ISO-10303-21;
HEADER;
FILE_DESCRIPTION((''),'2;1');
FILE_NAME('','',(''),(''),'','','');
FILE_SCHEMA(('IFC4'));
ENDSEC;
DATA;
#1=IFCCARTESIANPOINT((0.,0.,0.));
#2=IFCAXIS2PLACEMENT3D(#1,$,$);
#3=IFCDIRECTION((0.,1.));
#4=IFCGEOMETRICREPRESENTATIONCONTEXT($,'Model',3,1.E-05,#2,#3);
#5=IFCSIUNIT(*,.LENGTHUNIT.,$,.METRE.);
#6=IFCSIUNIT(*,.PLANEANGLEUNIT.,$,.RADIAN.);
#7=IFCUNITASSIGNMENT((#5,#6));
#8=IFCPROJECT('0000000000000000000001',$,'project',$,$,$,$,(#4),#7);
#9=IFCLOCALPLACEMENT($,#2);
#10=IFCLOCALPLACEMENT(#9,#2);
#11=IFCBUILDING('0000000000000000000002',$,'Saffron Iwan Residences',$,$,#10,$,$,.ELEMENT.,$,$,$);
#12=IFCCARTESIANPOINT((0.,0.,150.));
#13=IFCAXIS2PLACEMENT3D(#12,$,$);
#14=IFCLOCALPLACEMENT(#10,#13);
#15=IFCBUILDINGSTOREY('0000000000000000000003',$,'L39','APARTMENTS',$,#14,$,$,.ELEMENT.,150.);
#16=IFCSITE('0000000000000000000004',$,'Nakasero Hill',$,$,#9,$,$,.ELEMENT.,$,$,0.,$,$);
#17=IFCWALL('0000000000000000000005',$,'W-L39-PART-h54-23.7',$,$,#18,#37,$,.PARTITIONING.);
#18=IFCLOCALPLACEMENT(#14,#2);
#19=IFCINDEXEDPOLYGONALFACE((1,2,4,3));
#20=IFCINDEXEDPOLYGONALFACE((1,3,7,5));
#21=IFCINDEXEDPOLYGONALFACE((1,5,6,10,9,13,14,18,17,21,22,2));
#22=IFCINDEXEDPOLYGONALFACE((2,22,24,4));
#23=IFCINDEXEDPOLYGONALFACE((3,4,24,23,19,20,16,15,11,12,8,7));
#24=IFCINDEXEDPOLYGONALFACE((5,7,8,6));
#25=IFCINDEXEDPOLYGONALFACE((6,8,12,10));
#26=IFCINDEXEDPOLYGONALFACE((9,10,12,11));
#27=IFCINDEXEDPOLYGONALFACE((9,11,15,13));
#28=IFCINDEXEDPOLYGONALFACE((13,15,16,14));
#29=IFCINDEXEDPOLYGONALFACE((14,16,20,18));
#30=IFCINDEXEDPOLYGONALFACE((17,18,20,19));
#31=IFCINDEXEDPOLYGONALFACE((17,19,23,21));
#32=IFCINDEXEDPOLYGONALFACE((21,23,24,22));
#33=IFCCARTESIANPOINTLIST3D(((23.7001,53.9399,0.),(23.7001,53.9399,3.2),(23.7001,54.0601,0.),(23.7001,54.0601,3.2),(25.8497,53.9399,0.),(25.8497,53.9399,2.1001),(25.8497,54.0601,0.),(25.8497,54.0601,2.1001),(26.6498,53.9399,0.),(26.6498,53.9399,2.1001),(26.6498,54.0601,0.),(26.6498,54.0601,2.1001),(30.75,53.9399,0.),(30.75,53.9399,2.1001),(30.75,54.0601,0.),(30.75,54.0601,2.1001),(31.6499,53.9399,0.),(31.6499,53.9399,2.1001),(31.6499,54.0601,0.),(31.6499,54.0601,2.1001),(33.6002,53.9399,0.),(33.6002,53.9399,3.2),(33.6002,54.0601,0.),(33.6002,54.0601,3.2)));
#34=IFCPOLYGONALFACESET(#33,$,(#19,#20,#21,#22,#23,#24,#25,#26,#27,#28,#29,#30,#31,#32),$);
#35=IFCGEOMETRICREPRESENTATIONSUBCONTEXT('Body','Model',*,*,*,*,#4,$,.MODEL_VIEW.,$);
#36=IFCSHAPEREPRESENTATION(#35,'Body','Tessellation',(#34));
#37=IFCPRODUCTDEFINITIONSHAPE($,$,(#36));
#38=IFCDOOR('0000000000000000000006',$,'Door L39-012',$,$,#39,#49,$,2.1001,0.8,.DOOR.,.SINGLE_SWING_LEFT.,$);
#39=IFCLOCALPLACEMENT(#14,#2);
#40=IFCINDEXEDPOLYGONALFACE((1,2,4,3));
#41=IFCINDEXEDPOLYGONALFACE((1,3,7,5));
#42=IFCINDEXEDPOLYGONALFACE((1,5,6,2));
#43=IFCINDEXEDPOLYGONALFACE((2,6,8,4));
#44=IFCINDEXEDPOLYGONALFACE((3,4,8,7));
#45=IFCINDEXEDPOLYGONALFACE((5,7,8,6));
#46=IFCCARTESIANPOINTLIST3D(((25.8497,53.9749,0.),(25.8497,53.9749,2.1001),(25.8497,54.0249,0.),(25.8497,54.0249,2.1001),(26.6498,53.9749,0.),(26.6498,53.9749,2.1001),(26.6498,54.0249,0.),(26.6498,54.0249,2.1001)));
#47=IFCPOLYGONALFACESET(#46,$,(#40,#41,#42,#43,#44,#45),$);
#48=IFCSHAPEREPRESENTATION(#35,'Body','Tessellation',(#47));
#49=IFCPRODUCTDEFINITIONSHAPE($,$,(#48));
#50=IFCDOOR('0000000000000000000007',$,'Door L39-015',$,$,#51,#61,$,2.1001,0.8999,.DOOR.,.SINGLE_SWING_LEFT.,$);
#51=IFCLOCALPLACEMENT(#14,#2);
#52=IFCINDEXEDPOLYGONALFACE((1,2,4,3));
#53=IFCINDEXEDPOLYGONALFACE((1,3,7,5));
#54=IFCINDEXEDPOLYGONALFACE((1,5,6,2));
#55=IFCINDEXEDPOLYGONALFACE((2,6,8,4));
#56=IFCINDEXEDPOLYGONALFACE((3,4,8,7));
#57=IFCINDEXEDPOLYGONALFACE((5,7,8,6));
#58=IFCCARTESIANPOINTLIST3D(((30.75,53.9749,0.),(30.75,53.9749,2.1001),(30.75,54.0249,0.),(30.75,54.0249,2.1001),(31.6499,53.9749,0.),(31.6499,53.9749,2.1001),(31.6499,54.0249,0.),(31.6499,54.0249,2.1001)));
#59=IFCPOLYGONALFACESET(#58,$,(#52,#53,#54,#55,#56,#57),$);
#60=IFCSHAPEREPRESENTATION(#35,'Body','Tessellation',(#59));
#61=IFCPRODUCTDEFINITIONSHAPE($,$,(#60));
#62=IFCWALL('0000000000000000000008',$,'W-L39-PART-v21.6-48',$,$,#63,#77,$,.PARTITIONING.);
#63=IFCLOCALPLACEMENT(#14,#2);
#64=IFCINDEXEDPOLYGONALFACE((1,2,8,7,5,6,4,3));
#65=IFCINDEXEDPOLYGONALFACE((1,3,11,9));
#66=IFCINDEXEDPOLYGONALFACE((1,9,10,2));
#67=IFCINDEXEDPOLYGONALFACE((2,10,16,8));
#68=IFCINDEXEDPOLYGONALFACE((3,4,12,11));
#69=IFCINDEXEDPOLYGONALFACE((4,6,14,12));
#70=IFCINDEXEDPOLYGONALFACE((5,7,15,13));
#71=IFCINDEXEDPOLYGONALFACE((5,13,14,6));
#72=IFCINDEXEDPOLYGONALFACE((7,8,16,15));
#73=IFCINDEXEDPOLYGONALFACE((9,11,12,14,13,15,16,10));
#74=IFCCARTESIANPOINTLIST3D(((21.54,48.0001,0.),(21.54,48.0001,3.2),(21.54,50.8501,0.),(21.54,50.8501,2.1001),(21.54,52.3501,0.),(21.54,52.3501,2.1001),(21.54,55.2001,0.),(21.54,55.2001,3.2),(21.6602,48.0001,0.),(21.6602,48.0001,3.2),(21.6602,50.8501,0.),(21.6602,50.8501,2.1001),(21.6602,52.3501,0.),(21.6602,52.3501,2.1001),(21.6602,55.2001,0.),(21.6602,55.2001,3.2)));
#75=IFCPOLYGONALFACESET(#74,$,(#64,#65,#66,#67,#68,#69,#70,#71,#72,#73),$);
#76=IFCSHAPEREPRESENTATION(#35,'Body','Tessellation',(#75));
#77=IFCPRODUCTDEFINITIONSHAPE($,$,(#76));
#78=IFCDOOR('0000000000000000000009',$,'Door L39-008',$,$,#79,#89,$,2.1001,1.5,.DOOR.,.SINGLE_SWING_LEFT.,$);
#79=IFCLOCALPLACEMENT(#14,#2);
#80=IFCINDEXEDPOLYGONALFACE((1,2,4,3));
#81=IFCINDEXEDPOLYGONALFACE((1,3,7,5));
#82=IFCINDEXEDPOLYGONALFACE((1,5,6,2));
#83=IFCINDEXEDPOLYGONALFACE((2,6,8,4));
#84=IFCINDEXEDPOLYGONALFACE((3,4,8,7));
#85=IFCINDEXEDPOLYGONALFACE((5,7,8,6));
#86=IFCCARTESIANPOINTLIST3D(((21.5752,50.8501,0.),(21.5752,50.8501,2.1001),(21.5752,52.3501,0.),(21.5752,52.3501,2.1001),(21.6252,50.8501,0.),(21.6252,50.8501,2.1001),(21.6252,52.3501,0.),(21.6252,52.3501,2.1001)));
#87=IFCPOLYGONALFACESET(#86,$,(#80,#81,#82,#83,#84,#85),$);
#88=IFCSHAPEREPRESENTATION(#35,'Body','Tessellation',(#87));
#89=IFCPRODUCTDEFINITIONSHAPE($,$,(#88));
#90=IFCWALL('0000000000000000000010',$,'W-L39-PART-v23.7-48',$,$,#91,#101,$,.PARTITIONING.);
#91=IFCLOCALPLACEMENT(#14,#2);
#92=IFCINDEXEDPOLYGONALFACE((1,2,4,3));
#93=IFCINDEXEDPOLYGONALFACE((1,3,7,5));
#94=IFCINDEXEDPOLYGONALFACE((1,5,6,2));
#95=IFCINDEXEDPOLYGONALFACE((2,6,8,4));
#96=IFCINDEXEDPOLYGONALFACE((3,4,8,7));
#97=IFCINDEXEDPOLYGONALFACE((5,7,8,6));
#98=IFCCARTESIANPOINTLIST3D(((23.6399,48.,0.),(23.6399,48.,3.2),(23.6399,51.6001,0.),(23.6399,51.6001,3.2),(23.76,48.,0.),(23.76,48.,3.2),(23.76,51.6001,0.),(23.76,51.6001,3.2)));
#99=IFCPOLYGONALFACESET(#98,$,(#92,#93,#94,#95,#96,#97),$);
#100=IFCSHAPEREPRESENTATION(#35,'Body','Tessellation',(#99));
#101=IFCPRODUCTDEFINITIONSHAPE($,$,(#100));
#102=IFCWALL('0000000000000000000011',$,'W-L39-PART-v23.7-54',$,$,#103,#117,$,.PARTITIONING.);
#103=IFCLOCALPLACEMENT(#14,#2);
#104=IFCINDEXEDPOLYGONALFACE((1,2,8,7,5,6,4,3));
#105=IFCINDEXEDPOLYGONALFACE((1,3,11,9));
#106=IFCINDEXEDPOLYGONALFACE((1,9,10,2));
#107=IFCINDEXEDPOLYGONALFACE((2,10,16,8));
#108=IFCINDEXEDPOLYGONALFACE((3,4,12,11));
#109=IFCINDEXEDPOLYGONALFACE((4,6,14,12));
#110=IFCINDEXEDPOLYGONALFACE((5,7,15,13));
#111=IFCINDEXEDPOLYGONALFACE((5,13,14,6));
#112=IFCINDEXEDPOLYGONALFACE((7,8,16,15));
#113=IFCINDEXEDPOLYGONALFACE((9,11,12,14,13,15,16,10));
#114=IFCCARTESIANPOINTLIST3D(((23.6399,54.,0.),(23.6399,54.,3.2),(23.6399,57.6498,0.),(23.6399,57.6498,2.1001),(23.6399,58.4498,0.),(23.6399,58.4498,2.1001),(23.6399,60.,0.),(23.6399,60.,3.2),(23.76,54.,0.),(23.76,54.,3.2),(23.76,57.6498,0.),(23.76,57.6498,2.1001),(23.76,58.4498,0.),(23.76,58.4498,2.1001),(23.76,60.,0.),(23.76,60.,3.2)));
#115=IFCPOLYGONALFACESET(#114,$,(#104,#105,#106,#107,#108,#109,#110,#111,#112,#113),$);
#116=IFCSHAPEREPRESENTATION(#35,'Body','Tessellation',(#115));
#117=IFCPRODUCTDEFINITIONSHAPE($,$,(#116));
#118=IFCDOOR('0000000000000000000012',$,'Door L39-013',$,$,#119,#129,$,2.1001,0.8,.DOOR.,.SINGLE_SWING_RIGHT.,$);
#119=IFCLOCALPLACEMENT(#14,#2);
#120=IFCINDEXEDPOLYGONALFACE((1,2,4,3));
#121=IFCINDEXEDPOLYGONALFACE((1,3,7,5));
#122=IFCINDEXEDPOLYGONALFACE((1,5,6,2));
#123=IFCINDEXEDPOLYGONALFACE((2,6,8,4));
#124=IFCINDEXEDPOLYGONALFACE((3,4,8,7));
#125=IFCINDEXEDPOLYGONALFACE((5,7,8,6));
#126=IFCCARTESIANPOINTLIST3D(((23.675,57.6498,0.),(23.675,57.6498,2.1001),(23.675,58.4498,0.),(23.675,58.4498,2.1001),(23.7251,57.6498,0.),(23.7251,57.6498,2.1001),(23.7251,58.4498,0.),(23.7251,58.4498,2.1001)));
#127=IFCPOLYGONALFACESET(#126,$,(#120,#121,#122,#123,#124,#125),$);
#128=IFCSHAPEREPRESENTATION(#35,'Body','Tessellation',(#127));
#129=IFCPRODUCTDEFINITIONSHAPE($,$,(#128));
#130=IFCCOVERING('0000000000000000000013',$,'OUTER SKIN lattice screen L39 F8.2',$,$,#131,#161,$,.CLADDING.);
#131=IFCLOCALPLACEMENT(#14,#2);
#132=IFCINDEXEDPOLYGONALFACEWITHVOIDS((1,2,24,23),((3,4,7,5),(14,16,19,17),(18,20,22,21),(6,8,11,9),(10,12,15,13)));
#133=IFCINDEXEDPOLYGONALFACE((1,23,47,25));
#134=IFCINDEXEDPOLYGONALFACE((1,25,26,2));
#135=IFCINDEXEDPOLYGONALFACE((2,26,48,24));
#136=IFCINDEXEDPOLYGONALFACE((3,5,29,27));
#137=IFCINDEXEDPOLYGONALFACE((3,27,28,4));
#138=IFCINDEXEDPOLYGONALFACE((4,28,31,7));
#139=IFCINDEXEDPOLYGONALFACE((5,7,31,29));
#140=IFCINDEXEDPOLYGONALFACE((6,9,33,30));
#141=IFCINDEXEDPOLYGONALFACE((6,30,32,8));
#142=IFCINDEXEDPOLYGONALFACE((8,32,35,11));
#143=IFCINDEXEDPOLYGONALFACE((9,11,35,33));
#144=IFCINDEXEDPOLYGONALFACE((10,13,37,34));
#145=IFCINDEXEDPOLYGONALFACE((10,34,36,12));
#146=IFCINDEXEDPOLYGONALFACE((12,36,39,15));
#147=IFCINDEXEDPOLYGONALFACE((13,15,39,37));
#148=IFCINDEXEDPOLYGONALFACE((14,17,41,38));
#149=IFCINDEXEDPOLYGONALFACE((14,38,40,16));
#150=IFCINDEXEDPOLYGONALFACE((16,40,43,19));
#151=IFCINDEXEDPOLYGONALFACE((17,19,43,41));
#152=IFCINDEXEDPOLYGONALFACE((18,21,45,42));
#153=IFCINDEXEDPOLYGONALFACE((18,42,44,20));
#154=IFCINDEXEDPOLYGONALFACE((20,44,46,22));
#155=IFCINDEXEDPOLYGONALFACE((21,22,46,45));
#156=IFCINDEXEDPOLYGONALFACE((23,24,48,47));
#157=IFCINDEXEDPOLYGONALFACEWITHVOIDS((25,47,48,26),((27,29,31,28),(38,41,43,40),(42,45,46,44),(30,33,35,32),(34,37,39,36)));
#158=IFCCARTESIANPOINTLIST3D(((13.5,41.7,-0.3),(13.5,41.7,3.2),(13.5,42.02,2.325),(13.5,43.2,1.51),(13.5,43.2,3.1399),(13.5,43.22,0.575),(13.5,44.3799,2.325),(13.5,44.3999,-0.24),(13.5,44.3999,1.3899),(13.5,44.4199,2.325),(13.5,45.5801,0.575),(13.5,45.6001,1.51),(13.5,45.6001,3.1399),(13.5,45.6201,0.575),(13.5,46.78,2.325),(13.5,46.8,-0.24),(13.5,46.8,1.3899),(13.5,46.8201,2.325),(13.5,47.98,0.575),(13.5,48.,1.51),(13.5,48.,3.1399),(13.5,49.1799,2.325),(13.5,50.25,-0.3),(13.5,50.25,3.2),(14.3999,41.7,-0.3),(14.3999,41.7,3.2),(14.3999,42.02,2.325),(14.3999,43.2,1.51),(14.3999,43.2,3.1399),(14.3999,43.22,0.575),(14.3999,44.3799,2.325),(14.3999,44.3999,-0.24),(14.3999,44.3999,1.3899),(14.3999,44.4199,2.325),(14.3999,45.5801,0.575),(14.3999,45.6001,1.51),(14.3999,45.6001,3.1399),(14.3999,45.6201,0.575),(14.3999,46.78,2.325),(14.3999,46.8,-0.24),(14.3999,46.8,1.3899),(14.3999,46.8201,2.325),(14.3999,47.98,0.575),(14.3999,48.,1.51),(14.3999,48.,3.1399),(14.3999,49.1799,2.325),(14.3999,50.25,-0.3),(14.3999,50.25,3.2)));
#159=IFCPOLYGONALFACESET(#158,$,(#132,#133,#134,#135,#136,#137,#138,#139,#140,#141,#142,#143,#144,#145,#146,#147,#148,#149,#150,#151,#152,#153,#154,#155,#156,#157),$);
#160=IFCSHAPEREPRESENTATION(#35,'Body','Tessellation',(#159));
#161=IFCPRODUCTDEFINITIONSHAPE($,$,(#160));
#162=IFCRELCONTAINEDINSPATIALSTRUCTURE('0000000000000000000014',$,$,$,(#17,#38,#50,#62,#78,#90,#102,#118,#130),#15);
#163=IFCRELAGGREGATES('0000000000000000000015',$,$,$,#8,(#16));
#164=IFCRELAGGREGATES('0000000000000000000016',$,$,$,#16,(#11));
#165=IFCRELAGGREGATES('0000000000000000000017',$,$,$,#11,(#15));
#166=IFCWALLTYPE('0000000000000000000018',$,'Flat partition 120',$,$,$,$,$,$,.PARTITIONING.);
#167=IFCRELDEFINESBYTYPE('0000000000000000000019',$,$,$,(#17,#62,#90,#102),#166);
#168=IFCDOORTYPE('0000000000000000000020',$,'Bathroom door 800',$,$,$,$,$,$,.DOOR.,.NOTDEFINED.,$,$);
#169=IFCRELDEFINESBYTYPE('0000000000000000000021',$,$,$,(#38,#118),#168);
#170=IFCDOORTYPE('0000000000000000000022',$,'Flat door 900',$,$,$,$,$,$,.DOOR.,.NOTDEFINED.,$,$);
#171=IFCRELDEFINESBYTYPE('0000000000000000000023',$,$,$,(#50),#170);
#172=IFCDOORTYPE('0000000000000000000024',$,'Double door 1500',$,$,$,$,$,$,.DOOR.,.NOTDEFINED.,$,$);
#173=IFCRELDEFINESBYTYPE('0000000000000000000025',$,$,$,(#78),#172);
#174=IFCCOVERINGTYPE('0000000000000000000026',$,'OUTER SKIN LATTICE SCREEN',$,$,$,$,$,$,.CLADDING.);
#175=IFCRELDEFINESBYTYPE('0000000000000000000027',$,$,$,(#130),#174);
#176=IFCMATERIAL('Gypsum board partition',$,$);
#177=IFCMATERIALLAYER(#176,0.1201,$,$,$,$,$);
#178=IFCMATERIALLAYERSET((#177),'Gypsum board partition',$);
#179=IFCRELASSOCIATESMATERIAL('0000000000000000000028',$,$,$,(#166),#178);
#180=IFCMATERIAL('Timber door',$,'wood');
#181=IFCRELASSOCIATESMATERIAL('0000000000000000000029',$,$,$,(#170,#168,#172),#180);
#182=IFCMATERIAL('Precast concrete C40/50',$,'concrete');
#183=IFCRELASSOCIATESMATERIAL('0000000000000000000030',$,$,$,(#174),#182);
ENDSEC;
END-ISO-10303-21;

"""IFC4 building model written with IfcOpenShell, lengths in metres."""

from ifc_helpers import new_model, si_unit, direction, frame, frame_2d, origin, place, context, subcontext, project, spatial, polyline, rectangle, outline, extrude, material, layer, layer_set, type_object, element, fill, save


model = new_model("IFC4")

# Units and contexts
model_context = context("Model", 3, precision=1e-05, world=origin(), true_north=direction((0.0, 1.0)))
body_context = subcontext(model_context, "Body", "Model", "MODEL_VIEW")
ifc_project = project(units=[si_unit("LENGTHUNIT", "METRE"), si_unit("PLANEANGLEUNIT", "RADIAN")], contexts=[model_context])

# Site, building, storey
site_placement = place(None, origin())
site = spatial("IfcSite", under=ifc_project, at=site_placement, Name="Nakasero Hill", CompositionType="ELEMENT", RefElevation=0.0)
building_placement = place(site_placement, origin())
building = spatial("IfcBuilding", under=site, at=building_placement, Name="Saffron Iwan Residences", CompositionType="ELEMENT")
storey_placement = place(building_placement, frame((0.0, 0.0, 150.0)))
storey = spatial("IfcBuildingStorey", under=building, at=storey_placement, Name="L39", Description="APARTMENTS", CompositionType="ELEMENT", Elevation=150.0)

# Wall, openings, doors
ifc_material_1 = material(Name="Gypsum board partition")
ifc_layer_1 = layer(ifc_material_1, 0.1201)
ifc_layer_set_1 = layer_set([ifc_layer_1], Name="Gypsum board partition")
wall_type_1 = type_object("IfcWallType", Name="Flat partition 120", PredefinedType="PARTITIONING", material=ifc_layer_set_1)
ifc_material_2 = material(Name="Timber door", Category="wood")
door_type_1 = type_object("IfcDoorType", Name="Flat door 900", OperationType="NOTDEFINED", PredefinedType="DOOR", material=ifc_material_2)
wall_1_placement = place(storey_placement, frame((23.7, 54.0, 0.0), z_axis=(0.0, 0.0, 1.0), x_axis=(1.0, 0.0, 0.0)))
wall_1 = element("IfcWall", 1, at=wall_1_placement, inside=storey, type_object=wall_type_1, Name="W-L39-PART-h54-23.7", PredefinedType="PARTITIONING", context=body_context, shape_type="SweptSolid", body=[
    extrude(rectangle(XDim=9.9001, YDim=0.1201, at=frame_2d((4.9502, 0.0))), origin(), (0.0, 0.0, 1.0), 3.2),
])
opening_1_placement = place(wall_1_placement, frame((2.1499, 0.0, 0.0)))
opening_1 = element("IfcOpeningElement", 2, at=opening_1_placement, cuts=wall_1, PredefinedType="OPENING", context=body_context, shape_type="SweptSolid", body=[
    extrude(rectangle(XDim=0.8, YDim=2.1001, at=frame_2d((0.3999, 1.05))), frame((0.0, 0.0701, 0.0), z_axis=(0.0, -1.0, 0.0), x_axis=(1.0, 0.0, 0.0)), (0.0, 0.0, 1.0), 0.1401),
])
opening_2_placement = place(wall_1_placement, frame((7.05, 0.0, 0.0)))
opening_2 = element("IfcOpeningElement", 3, at=opening_2_placement, cuts=wall_1, PredefinedType="OPENING", context=body_context, shape_type="SweptSolid", body=[
    extrude(rectangle(XDim=0.8999, YDim=2.1001, at=frame_2d((0.45, 1.05))), frame((0.0, 0.0701, 0.0), z_axis=(0.0, -1.0, 0.0), x_axis=(1.0, 0.0, 0.0)), (0.0, 0.0, 1.0), 0.1401),
])
door_type_2 = type_object("IfcDoorType", Name="Bathroom door 800", OperationType="NOTDEFINED", PredefinedType="DOOR", material=ifc_material_2)
door_1_placement = place(opening_1_placement, origin())
door_1 = element("IfcDoor", 4, at=door_1_placement, inside=storey, type_object=door_type_2, Name="Door L39-012", OperationType="SINGLE_SWING_LEFT", OverallHeight=2.1001, OverallWidth=0.8, PredefinedType="DOOR", context=body_context, shape_type="SweptSolid", body=[
    extrude(rectangle(XDim=0.8, YDim=2.1001, at=frame_2d((0.3999, 1.05))), frame((0.0, 0.0249, 0.0), z_axis=(0.0, -1.0, 0.0), x_axis=(1.0, 0.0, 0.0)), (0.0, 0.0, 1.0), 0.05),
])
fill(opening_1, door_1)
door_2_placement = place(opening_2_placement, origin())
door_2 = element("IfcDoor", 5, at=door_2_placement, inside=storey, type_object=door_type_1, Name="Door L39-015", OperationType="SINGLE_SWING_LEFT", OverallHeight=2.1001, OverallWidth=0.8999, PredefinedType="DOOR", context=body_context, shape_type="SweptSolid", body=[
    extrude(rectangle(XDim=0.8999, YDim=2.1001, at=frame_2d((0.45, 1.05))), frame((0.0, 0.0249, 0.0), z_axis=(0.0, -1.0, 0.0), x_axis=(1.0, 0.0, 0.0)), (0.0, 0.0, 1.0), 0.05),
])
fill(opening_2, door_2)

# Wall, opening, door
wall_2_placement = place(storey_placement, frame((21.6001, 48.0, 0.0), z_axis=(0.0, 0.0, 1.0), x_axis=(0.0, 1.0, 0.0)))
wall_2 = element("IfcWall", 6, at=wall_2_placement, inside=storey, type_object=wall_type_1, Name="W-L39-PART-v21.6-48", PredefinedType="PARTITIONING", context=body_context, shape_type="SweptSolid", body=[
    extrude(rectangle(XDim=7.2, YDim=0.1201, at=frame_2d((3.6001, 0.0))), origin(), (0.0, 0.0, 1.0), 3.2),
])
opening_3_placement = place(wall_2_placement, frame((2.8501, 0.0, 0.0)))
opening_3 = element("IfcOpeningElement", 7, at=opening_3_placement, cuts=wall_2, PredefinedType="OPENING", context=body_context, shape_type="SweptSolid", body=[
    extrude(rectangle(XDim=1.5, YDim=2.1001, at=frame_2d((0.75, 1.05))), frame((0.0, 0.0701, 0.0), z_axis=(0.0, -1.0, 0.0), x_axis=(1.0, 0.0, 0.0)), (0.0, 0.0, 1.0), 0.1401),
])
door_type_3 = type_object("IfcDoorType", Name="Double door 1500", OperationType="NOTDEFINED", PredefinedType="DOOR", material=ifc_material_2)
door_3_placement = place(opening_3_placement, origin())
door_3 = element("IfcDoor", 8, at=door_3_placement, inside=storey, type_object=door_type_3, Name="Door L39-008", OperationType="SINGLE_SWING_LEFT", OverallHeight=2.1001, OverallWidth=1.5, PredefinedType="DOOR", context=body_context, shape_type="SweptSolid", body=[
    extrude(rectangle(XDim=1.5, YDim=2.1001, at=frame_2d((0.75, 1.05))), frame((0.0, 0.0249, 0.0), z_axis=(0.0, -1.0, 0.0), x_axis=(1.0, 0.0, 0.0)), (0.0, 0.0, 1.0), 0.05),
])
fill(opening_3, door_3)

# Wall
wall_3_placement = place(storey_placement, frame((23.7, 48.0, 0.0), z_axis=(0.0, 0.0, 1.0), x_axis=(0.0, 1.0, 0.0)))
element("IfcWall", 9, at=wall_3_placement, inside=storey, type_object=wall_type_1, Name="W-L39-PART-v23.7-48", PredefinedType="PARTITIONING", context=body_context, shape_type="SweptSolid", body=[
    extrude(rectangle(XDim=3.6001, YDim=0.1201, at=frame_2d((1.8, 0.0))), origin(), (0.0, 0.0, 1.0), 3.2),
])

# Wall, opening, door
wall_4_placement = place(storey_placement, frame((23.7, 54.0, 0.0), z_axis=(0.0, 0.0, 1.0), x_axis=(0.0, 1.0, 0.0)))
wall_4 = element("IfcWall", 10, at=wall_4_placement, inside=storey, type_object=wall_type_1, Name="W-L39-PART-v23.7-54", PredefinedType="PARTITIONING", context=body_context, shape_type="SweptSolid", body=[
    extrude(rectangle(XDim=6.0, YDim=0.1201, at=frame_2d((3.0, 0.0))), origin(), (0.0, 0.0, 1.0), 3.2),
])
opening_4_placement = place(wall_4_placement, frame((3.6499, 0.0, 0.0)))
opening_4 = element("IfcOpeningElement", 11, at=opening_4_placement, cuts=wall_4, PredefinedType="OPENING", context=body_context, shape_type="SweptSolid", body=[
    extrude(rectangle(XDim=0.8, YDim=2.1001, at=frame_2d((0.3999, 1.05))), frame((0.0, 0.0701, 0.0), z_axis=(0.0, -1.0, 0.0), x_axis=(1.0, 0.0, 0.0)), (0.0, 0.0, 1.0), 0.1401),
])
door_4_placement = place(opening_4_placement, origin())
door_4 = element("IfcDoor", 12, at=door_4_placement, inside=storey, type_object=door_type_2, Name="Door L39-013", OperationType="SINGLE_SWING_RIGHT", OverallHeight=2.1001, OverallWidth=0.8, PredefinedType="DOOR", context=body_context, shape_type="SweptSolid", body=[
    extrude(rectangle(XDim=0.8, YDim=2.1001, at=frame_2d((0.3999, 1.05))), frame((0.0, 0.0249, 0.0), z_axis=(0.0, -1.0, 0.0), x_axis=(1.0, 0.0, 0.0)), (0.0, 0.0, 1.0), 0.05),
])
fill(opening_4, door_4)

# Covering
ifc_material_3 = material(Name="Precast concrete C40/50", Category="concrete")
covering_type = type_object("IfcCoveringType", Name="OUTER SKIN LATTICE SCREEN", PredefinedType="CLADDING", material=ifc_material_3)
covering_placement = place(storey_placement, frame((14.3999, 50.25, -0.3), z_axis=(-1.0, 0.0, 0.0), x_axis=(0.0, -1.0, 0.0)))
element("IfcCovering", 13, at=covering_placement, inside=storey, type_object=covering_type, Name="OUTER SKIN lattice screen L39 F8.2", PredefinedType="CLADDING", context=body_context, shape_type="SweptSolid", body=[
    extrude(outline(polyline([(0.0, 0.0), (8.55, 0.0), (8.55, 3.5), (0.0, 3.5), (0.0, 0.0)]), holes=[polyline([(2.27, 0.875), (3.45, 0.0601), (4.6299, 0.875), (3.45, 1.6899), (2.27, 0.875)]), polyline([(4.6699, 0.875), (5.8501, 0.0601), (7.03, 0.875), (5.8501, 1.6899), (4.6699, 0.875)]), polyline([(1.0701, 2.625), (2.25, 1.8101), (3.4299, 2.625), (2.25, 3.4399), (1.0701, 2.625)]), polyline([(3.47, 2.625), (4.6499, 1.8101), (5.8301, 2.625), (4.6499, 3.4399), (3.47, 2.625)]), polyline([(5.8701, 2.625), (7.05, 1.8101), (8.23, 2.625), (7.05, 3.4399), (5.8701, 2.625)])]), origin(), (0.0, 0.0, 1.0), 0.8999),
])

save(model, "model.ifc")
